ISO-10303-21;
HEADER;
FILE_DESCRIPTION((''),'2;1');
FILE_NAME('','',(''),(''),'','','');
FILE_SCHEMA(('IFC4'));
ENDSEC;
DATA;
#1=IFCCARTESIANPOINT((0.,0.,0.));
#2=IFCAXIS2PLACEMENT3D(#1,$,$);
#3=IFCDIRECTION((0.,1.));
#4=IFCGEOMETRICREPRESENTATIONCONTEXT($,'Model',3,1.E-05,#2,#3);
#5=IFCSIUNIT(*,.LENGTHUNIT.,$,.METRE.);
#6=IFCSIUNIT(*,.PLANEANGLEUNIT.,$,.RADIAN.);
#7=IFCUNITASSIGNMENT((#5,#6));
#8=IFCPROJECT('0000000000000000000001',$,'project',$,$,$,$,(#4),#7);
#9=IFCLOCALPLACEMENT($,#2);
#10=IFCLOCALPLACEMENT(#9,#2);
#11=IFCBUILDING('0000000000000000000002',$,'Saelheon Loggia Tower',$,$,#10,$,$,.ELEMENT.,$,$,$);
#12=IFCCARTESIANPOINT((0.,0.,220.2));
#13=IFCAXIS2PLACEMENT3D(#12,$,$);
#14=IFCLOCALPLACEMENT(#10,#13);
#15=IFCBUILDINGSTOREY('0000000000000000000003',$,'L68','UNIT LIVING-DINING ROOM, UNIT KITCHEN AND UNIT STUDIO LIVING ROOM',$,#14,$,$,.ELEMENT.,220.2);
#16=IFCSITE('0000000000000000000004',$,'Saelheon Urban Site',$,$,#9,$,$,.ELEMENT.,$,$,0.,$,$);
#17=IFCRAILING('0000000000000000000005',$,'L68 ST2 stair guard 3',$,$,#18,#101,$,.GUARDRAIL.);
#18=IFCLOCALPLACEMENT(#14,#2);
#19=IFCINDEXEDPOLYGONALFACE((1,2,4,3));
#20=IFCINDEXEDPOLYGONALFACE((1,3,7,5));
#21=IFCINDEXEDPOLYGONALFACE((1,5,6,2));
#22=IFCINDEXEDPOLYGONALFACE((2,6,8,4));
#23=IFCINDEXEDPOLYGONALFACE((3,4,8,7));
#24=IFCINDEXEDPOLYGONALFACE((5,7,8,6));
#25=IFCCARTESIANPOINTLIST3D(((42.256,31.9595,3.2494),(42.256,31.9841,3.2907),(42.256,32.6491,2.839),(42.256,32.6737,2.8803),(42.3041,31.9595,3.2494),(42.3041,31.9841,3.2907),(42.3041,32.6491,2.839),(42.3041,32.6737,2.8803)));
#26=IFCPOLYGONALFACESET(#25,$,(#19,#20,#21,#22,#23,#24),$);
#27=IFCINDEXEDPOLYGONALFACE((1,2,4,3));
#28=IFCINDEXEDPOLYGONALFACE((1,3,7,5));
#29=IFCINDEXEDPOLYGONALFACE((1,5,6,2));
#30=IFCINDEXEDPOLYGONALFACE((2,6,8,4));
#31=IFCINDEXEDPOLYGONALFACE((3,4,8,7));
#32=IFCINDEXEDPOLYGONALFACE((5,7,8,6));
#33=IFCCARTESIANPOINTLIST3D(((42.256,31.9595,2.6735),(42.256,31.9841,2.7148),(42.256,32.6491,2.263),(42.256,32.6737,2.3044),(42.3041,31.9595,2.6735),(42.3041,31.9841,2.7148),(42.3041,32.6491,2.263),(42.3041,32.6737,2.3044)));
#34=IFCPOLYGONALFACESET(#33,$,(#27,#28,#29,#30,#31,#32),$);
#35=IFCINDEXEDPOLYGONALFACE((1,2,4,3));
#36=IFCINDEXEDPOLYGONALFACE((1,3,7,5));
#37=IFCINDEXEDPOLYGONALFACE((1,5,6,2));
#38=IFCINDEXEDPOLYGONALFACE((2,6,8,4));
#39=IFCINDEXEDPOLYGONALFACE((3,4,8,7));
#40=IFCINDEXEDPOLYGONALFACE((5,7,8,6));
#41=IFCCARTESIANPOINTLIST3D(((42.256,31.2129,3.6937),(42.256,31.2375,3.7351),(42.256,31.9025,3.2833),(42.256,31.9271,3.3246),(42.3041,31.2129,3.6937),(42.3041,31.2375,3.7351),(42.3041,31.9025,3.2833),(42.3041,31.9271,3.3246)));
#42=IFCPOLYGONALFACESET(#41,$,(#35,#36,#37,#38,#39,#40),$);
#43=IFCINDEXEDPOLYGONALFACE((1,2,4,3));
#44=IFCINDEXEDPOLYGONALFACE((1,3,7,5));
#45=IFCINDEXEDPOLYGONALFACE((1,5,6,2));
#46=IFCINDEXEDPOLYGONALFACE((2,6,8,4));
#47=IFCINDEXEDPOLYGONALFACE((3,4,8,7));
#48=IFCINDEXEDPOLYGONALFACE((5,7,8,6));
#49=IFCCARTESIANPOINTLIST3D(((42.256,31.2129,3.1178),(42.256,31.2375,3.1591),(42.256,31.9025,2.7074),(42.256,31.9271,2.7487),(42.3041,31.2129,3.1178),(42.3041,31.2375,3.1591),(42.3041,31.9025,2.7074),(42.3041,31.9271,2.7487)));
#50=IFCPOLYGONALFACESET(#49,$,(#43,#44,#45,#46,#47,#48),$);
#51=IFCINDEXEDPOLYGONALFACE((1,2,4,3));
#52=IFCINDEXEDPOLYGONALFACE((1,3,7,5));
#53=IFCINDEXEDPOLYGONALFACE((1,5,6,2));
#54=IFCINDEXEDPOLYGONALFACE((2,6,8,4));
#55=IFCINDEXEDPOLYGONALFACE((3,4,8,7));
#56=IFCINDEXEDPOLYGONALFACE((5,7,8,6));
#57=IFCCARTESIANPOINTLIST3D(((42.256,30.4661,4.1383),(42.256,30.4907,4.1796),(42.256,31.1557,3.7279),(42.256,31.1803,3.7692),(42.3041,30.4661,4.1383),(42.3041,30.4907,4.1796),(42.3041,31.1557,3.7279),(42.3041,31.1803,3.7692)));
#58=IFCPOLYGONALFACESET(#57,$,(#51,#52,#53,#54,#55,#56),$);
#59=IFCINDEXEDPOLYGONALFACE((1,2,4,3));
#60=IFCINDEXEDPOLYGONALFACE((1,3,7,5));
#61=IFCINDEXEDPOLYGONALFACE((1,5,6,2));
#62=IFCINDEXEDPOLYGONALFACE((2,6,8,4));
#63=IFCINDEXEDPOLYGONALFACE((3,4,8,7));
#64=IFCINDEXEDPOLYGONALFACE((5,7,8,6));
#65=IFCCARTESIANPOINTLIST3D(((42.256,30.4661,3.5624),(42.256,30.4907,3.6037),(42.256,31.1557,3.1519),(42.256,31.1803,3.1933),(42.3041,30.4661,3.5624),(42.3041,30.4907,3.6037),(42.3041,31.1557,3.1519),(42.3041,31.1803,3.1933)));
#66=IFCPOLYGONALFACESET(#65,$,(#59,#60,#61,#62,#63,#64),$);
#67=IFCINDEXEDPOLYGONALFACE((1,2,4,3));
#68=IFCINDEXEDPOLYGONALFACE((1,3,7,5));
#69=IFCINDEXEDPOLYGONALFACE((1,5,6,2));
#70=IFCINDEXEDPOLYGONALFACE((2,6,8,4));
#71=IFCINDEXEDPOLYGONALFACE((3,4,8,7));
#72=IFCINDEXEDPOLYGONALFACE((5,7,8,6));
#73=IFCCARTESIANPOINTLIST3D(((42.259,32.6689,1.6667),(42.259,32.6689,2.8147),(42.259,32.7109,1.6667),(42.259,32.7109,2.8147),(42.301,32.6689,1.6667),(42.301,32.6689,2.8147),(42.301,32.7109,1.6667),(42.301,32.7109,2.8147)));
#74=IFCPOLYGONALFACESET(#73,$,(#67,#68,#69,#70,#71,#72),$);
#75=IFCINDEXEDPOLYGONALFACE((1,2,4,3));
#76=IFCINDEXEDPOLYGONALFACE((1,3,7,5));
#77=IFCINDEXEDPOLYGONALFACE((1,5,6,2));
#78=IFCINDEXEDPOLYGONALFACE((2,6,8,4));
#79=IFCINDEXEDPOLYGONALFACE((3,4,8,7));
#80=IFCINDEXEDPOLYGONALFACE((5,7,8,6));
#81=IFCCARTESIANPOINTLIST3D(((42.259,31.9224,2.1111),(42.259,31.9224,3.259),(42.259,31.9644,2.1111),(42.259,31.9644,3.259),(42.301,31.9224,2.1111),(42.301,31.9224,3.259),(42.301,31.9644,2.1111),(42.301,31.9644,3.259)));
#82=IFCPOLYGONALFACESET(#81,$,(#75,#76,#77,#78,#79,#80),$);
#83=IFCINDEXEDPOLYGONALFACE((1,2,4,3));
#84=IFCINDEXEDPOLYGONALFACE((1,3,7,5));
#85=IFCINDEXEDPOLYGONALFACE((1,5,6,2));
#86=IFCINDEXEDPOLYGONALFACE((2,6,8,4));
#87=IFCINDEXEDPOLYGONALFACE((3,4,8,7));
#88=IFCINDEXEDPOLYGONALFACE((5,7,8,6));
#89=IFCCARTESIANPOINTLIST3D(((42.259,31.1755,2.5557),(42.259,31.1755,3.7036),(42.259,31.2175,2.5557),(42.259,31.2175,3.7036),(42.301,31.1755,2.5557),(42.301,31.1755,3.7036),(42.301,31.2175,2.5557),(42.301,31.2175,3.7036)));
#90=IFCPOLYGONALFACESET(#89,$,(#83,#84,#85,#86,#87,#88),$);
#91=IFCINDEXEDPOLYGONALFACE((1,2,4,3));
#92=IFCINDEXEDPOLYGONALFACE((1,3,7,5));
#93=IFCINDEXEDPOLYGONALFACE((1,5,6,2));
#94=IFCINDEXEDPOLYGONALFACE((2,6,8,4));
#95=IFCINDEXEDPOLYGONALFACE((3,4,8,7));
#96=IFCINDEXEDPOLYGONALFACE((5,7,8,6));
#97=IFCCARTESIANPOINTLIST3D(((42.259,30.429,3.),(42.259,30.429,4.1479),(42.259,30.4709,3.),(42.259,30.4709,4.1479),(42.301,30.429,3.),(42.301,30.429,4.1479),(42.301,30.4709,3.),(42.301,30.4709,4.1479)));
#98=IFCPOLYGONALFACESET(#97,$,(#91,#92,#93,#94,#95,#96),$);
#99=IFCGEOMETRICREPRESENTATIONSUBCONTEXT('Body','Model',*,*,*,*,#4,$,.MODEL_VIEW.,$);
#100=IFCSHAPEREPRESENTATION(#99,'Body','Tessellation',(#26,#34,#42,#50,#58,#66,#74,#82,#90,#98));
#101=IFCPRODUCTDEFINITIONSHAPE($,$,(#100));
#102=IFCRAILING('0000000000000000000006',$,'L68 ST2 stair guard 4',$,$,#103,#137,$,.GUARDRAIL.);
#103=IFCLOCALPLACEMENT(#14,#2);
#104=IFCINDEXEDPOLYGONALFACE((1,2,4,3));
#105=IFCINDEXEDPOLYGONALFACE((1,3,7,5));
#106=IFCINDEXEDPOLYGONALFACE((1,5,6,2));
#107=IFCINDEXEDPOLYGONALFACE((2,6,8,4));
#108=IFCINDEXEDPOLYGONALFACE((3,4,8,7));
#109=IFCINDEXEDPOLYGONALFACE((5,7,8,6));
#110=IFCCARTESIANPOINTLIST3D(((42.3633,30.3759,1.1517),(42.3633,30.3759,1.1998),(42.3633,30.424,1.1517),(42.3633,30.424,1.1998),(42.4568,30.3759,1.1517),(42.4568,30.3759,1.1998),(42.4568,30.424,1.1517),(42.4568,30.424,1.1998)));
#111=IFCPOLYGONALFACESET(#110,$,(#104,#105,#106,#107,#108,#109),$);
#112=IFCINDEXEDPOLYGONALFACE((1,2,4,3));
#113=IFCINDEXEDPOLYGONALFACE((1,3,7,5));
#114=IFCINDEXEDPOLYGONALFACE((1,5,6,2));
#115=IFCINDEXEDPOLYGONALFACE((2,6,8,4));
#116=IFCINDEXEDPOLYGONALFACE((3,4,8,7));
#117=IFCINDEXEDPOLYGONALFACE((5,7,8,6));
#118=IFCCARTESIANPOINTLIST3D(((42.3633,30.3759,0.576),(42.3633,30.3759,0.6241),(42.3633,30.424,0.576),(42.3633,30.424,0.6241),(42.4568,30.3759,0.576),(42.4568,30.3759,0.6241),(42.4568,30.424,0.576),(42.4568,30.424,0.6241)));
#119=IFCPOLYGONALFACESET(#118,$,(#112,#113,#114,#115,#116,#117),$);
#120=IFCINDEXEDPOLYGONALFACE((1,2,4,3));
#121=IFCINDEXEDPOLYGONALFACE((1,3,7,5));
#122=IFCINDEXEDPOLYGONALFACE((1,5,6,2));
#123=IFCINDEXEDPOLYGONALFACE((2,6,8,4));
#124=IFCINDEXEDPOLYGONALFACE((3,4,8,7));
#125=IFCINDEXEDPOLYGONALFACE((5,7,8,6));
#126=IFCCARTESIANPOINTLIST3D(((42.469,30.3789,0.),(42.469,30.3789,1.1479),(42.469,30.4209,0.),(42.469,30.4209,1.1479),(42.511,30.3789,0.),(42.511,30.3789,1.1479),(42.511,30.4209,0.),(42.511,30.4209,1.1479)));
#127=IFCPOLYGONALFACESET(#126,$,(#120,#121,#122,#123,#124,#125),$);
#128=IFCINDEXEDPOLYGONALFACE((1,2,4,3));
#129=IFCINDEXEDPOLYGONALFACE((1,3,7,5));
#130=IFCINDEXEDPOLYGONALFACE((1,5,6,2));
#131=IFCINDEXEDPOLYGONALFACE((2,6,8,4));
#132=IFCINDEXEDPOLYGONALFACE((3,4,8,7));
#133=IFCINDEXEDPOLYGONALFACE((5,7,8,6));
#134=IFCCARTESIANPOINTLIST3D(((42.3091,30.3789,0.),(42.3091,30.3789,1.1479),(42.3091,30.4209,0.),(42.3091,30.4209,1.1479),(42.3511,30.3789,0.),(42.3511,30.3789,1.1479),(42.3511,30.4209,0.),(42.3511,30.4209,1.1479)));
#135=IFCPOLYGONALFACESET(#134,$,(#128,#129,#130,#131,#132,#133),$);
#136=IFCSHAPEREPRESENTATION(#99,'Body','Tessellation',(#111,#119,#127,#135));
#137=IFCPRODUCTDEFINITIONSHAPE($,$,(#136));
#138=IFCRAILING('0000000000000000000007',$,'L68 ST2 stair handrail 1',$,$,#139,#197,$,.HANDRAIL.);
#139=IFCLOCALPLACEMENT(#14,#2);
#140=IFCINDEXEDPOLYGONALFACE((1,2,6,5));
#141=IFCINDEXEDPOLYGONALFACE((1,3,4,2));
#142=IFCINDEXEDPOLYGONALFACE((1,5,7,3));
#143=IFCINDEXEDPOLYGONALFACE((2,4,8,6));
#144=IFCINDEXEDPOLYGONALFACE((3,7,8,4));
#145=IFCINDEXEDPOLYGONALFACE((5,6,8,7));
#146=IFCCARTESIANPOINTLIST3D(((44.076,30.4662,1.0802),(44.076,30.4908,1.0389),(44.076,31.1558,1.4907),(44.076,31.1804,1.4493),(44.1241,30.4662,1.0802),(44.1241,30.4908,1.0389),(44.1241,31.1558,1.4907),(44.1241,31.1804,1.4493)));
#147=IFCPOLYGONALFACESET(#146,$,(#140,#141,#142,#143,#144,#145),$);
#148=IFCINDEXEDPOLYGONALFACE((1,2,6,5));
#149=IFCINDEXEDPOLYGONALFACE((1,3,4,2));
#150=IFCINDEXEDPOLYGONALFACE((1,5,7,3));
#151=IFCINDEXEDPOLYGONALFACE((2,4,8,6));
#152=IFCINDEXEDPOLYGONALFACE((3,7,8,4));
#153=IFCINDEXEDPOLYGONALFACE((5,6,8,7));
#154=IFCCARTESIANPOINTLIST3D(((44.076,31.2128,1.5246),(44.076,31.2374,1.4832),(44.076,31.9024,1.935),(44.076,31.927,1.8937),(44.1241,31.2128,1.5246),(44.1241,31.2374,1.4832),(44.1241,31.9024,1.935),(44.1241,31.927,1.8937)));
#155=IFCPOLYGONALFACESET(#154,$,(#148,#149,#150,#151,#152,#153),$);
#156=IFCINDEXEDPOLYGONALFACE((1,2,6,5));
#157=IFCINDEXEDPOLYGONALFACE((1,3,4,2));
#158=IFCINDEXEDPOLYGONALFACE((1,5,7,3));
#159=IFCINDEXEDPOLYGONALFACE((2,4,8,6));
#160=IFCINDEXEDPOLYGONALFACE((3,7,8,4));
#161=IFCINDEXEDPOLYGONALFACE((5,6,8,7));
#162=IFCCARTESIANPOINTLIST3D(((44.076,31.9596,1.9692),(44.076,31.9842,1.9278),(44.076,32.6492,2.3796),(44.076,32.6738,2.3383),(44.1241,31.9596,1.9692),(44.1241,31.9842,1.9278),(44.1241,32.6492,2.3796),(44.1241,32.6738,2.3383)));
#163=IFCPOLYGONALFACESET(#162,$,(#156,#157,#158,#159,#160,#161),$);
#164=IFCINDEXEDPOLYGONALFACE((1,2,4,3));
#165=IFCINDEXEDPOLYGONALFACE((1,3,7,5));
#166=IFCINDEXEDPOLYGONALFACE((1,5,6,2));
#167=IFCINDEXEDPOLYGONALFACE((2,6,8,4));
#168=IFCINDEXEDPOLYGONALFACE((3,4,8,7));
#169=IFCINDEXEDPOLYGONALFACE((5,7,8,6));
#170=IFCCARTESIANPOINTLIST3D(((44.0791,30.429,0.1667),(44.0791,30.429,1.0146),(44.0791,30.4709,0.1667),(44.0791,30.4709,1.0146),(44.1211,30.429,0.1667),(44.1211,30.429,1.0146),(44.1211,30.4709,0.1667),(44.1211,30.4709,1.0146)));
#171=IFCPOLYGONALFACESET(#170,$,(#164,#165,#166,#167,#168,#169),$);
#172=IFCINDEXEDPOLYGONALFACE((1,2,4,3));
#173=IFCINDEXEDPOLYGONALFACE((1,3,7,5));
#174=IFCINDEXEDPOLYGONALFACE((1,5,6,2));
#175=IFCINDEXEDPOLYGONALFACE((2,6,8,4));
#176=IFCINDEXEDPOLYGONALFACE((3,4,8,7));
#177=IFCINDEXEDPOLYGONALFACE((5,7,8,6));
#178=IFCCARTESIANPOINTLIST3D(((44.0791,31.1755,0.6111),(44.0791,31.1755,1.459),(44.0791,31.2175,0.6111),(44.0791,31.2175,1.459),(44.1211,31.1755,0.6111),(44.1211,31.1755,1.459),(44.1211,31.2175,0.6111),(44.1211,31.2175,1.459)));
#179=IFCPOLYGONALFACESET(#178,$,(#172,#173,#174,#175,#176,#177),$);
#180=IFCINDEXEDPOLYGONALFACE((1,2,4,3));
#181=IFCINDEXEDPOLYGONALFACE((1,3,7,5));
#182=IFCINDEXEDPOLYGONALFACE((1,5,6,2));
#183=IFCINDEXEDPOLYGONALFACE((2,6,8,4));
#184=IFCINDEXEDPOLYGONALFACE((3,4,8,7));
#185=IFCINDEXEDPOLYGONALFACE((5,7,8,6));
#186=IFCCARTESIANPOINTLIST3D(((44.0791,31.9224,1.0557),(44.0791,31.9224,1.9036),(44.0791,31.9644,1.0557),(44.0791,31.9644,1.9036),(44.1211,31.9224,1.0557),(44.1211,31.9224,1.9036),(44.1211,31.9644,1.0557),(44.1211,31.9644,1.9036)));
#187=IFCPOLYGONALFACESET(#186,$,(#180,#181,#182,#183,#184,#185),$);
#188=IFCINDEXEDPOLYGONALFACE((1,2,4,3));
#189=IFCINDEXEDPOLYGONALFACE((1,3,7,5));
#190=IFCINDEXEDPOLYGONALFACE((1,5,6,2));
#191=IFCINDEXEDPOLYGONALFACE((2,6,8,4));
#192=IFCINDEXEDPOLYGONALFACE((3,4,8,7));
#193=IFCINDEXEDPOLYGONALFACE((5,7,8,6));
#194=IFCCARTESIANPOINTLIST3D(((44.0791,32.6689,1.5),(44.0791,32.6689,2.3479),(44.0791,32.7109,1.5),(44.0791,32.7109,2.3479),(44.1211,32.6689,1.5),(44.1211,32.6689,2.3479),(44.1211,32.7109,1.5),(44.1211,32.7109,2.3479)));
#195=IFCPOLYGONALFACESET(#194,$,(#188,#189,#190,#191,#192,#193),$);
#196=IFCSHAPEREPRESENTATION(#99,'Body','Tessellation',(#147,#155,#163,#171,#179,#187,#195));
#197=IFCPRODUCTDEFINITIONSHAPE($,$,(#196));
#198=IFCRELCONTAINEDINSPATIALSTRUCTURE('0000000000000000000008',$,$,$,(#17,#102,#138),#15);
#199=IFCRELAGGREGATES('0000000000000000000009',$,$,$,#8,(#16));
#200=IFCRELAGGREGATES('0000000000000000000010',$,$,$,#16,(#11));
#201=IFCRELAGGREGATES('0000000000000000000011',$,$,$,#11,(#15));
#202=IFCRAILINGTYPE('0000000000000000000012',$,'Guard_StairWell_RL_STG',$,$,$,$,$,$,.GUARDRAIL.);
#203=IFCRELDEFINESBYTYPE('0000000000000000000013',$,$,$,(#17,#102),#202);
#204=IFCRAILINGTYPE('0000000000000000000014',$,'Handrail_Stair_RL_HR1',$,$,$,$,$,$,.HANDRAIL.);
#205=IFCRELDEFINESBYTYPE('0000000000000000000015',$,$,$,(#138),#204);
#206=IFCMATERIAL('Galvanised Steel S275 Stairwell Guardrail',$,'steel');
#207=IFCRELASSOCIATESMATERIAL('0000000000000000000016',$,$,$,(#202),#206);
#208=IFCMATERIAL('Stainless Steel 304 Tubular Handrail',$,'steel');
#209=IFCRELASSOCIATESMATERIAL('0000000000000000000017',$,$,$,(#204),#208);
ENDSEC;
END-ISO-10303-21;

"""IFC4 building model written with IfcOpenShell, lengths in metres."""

from ifc_helpers import new_model, si_unit, direction, frame, origin, origin_2d, place, context, subcontext, project, spatial, rectangle, extrude, material, type_object, element, save


model = new_model("IFC4")

# Units and contexts
model_context = context("Model", 3, precision=1e-05, world=origin(), true_north=direction((0.0, 1.0)))
body_context = subcontext(model_context, "Body", "Model", "MODEL_VIEW")
ifc_project = project(units=[si_unit("LENGTHUNIT", "METRE"), si_unit("PLANEANGLEUNIT", "RADIAN")], contexts=[model_context])

# Site, building, storey
site_placement = place(None, origin())
site = spatial("IfcSite", under=ifc_project, at=site_placement, Name="Saelheon Urban Site", CompositionType="ELEMENT", RefElevation=0.0)
building_placement = place(site_placement, origin())
building = spatial("IfcBuilding", under=site, at=building_placement, Name="Saelheon Loggia Tower", CompositionType="ELEMENT")
storey_placement = place(building_placement, frame((0.0, 0.0, 220.2)))
storey = spatial("IfcBuildingStorey", under=building, at=storey_placement, Name="L68", Description="UNIT LIVING-DINING ROOM, UNIT KITCHEN AND UNIT STUDIO LIVING ROOM", CompositionType="ELEMENT", Elevation=220.2)

# Railings
ifc_material_1 = material(Name="Galvanised Steel S275 Stairwell Guardrail", Category="steel")
railing_type_1 = type_object("IfcRailingType", Name="Guard_StairWell_RL_STG", PredefinedType="GUARDRAIL", material=ifc_material_1)
railing_1_placement = place(storey_placement, frame((42.28, 32.6899, 1.6667)))
element("IfcRailing", 1, at=railing_1_placement, inside=storey, type_object=railing_type_1, Name="L68 ST2 stair guard 3", PredefinedType="GUARDRAIL", context=body_context, shape_type="SweptSolid", body=[
    extrude(rectangle(XDim=0.0481, YDim=0.0481, at=origin_2d()), frame((0.0, -0.0286, 1.1929), z_axis=(0.0, -0.859306, 0.511462), x_axis=(1.0, 0.0, 0.0)), (0.0, 0.0, 1.0), 0.8025),
    extrude(rectangle(XDim=0.0481, YDim=0.0481, at=origin_2d()), frame((0.0, -0.0286, 0.6169), z_axis=(0.0, -0.859306, 0.511462), x_axis=(1.0, 0.0, 0.0)), (0.0, 0.0, 1.0), 0.8025),
    extrude(rectangle(XDim=0.0481, YDim=0.0481, at=origin_2d()), frame((0.0, -0.7751, 1.6372), z_axis=(0.0, -0.859306, 0.511462), x_axis=(1.0, 0.0, 0.0)), (0.0, 0.0, 1.0), 0.8025),
    extrude(rectangle(XDim=0.0481, YDim=0.0481, at=origin_2d()), frame((0.0, -0.7751, 1.0613), z_axis=(0.0, -0.859306, 0.511462), x_axis=(1.0, 0.0, 0.0)), (0.0, 0.0, 1.0), 0.8025),
    extrude(rectangle(XDim=0.0481, YDim=0.0481, at=origin_2d()), frame((0.0, -1.522, 2.0818), z_axis=(0.0, -0.859306, 0.511462), x_axis=(1.0, 0.0, 0.0)), (0.0, 0.0, 1.0), 0.8025),
    extrude(rectangle(XDim=0.0481, YDim=0.0481, at=origin_2d()), frame((0.0, -1.522, 1.5059), z_axis=(0.0, -0.859306, 0.511462), x_axis=(1.0, 0.0, 0.0)), (0.0, 0.0, 1.0), 0.8025),
    extrude(rectangle(XDim=0.042, YDim=0.042, at=origin_2d()), origin(), (0.0, 0.0, 1.0), 1.1479),
    extrude(rectangle(XDim=0.042, YDim=0.042, at=origin_2d()), frame((0.0, -0.7466, 0.4443)), (0.0, 0.0, 1.0), 1.1479),
    extrude(rectangle(XDim=0.042, YDim=0.042, at=origin_2d()), frame((0.0, -1.4934, 0.8889)), (0.0, 0.0, 1.0), 1.1479),
    extrude(rectangle(XDim=0.042, YDim=0.042, at=origin_2d()), frame((0.0, -2.24, 1.3333)), (0.0, 0.0, 1.0), 1.1479),
])
railing_2_placement = place(storey_placement, frame((42.49, 30.3999, 0.0)))
element("IfcRailing", 2, at=railing_2_placement, inside=storey, type_object=railing_type_1, Name="L68 ST2 stair guard 4", PredefinedType="GUARDRAIL", context=body_context, shape_type="SweptSolid", body=[
    extrude(rectangle(XDim=0.0481, YDim=0.0481, at=origin_2d()), frame((-0.0332, 0.0, 1.1758), z_axis=(-1.0, 0.0, 0.0), x_axis=(0.0, -1.0, 0.0)), (0.0, 0.0, 1.0), 0.0935),
    extrude(rectangle(XDim=0.0481, YDim=0.0481, at=origin_2d()), frame((-0.0332, 0.0, 0.6001), z_axis=(-1.0, 0.0, 0.0), x_axis=(0.0, -1.0, 0.0)), (0.0, 0.0, 1.0), 0.0935),
    extrude(rectangle(XDim=0.042, YDim=0.042, at=origin_2d()), origin(), (0.0, 0.0, 1.0), 1.1479),
    extrude(rectangle(XDim=0.042, YDim=0.042, at=origin_2d()), frame((-0.1599, 0.0, 0.0)), (0.0, 0.0, 1.0), 1.1479),
])
ifc_material_2 = material(Name="Stainless Steel 304 Tubular Handrail", Category="steel")
railing_type_2 = type_object("IfcRailingType", Name="Handrail_Stair_RL_HR1", PredefinedType="HANDRAIL", material=ifc_material_2)
railing_3_placement = place(storey_placement, frame((44.1001, 30.45, 0.1667)))
element("IfcRailing", 3, at=railing_3_placement, inside=storey, type_object=railing_type_2, Name="L68 ST2 stair handrail 1", PredefinedType="HANDRAIL", context=body_context, shape_type="SweptSolid", body=[
    extrude(rectangle(XDim=0.0481, YDim=0.0481, at=origin_2d()), frame((0.0, 0.0286, 0.8928), z_axis=(0.0, 0.859306, 0.511462), x_axis=(-1.0, 0.0, 0.0)), (0.0, 0.0, 1.0), 0.8025),
    extrude(rectangle(XDim=0.0481, YDim=0.0481, at=origin_2d()), frame((0.0, 0.7751, 1.3372), z_axis=(0.0, 0.859306, 0.511462), x_axis=(-1.0, 0.0, 0.0)), (0.0, 0.0, 1.0), 0.8025),
    extrude(rectangle(XDim=0.0481, YDim=0.0481, at=origin_2d()), frame((0.0, 1.522, 1.7817), z_axis=(0.0, 0.859306, 0.511462), x_axis=(-1.0, 0.0, 0.0)), (0.0, 0.0, 1.0), 0.8025),
    extrude(rectangle(XDim=0.042, YDim=0.042, at=origin_2d()), origin(), (0.0, 0.0, 1.0), 0.8479),
    extrude(rectangle(XDim=0.042, YDim=0.042, at=origin_2d()), frame((0.0, 0.7466, 0.4443)), (0.0, 0.0, 1.0), 0.8479),
    extrude(rectangle(XDim=0.042, YDim=0.042, at=origin_2d()), frame((0.0, 1.4934, 0.8889)), (0.0, 0.0, 1.0), 0.8479),
    extrude(rectangle(XDim=0.042, YDim=0.042, at=origin_2d()), frame((0.0, 2.24, 1.3333)), (0.0, 0.0, 1.0), 0.8479),
])

save(model, "model.ifc")
